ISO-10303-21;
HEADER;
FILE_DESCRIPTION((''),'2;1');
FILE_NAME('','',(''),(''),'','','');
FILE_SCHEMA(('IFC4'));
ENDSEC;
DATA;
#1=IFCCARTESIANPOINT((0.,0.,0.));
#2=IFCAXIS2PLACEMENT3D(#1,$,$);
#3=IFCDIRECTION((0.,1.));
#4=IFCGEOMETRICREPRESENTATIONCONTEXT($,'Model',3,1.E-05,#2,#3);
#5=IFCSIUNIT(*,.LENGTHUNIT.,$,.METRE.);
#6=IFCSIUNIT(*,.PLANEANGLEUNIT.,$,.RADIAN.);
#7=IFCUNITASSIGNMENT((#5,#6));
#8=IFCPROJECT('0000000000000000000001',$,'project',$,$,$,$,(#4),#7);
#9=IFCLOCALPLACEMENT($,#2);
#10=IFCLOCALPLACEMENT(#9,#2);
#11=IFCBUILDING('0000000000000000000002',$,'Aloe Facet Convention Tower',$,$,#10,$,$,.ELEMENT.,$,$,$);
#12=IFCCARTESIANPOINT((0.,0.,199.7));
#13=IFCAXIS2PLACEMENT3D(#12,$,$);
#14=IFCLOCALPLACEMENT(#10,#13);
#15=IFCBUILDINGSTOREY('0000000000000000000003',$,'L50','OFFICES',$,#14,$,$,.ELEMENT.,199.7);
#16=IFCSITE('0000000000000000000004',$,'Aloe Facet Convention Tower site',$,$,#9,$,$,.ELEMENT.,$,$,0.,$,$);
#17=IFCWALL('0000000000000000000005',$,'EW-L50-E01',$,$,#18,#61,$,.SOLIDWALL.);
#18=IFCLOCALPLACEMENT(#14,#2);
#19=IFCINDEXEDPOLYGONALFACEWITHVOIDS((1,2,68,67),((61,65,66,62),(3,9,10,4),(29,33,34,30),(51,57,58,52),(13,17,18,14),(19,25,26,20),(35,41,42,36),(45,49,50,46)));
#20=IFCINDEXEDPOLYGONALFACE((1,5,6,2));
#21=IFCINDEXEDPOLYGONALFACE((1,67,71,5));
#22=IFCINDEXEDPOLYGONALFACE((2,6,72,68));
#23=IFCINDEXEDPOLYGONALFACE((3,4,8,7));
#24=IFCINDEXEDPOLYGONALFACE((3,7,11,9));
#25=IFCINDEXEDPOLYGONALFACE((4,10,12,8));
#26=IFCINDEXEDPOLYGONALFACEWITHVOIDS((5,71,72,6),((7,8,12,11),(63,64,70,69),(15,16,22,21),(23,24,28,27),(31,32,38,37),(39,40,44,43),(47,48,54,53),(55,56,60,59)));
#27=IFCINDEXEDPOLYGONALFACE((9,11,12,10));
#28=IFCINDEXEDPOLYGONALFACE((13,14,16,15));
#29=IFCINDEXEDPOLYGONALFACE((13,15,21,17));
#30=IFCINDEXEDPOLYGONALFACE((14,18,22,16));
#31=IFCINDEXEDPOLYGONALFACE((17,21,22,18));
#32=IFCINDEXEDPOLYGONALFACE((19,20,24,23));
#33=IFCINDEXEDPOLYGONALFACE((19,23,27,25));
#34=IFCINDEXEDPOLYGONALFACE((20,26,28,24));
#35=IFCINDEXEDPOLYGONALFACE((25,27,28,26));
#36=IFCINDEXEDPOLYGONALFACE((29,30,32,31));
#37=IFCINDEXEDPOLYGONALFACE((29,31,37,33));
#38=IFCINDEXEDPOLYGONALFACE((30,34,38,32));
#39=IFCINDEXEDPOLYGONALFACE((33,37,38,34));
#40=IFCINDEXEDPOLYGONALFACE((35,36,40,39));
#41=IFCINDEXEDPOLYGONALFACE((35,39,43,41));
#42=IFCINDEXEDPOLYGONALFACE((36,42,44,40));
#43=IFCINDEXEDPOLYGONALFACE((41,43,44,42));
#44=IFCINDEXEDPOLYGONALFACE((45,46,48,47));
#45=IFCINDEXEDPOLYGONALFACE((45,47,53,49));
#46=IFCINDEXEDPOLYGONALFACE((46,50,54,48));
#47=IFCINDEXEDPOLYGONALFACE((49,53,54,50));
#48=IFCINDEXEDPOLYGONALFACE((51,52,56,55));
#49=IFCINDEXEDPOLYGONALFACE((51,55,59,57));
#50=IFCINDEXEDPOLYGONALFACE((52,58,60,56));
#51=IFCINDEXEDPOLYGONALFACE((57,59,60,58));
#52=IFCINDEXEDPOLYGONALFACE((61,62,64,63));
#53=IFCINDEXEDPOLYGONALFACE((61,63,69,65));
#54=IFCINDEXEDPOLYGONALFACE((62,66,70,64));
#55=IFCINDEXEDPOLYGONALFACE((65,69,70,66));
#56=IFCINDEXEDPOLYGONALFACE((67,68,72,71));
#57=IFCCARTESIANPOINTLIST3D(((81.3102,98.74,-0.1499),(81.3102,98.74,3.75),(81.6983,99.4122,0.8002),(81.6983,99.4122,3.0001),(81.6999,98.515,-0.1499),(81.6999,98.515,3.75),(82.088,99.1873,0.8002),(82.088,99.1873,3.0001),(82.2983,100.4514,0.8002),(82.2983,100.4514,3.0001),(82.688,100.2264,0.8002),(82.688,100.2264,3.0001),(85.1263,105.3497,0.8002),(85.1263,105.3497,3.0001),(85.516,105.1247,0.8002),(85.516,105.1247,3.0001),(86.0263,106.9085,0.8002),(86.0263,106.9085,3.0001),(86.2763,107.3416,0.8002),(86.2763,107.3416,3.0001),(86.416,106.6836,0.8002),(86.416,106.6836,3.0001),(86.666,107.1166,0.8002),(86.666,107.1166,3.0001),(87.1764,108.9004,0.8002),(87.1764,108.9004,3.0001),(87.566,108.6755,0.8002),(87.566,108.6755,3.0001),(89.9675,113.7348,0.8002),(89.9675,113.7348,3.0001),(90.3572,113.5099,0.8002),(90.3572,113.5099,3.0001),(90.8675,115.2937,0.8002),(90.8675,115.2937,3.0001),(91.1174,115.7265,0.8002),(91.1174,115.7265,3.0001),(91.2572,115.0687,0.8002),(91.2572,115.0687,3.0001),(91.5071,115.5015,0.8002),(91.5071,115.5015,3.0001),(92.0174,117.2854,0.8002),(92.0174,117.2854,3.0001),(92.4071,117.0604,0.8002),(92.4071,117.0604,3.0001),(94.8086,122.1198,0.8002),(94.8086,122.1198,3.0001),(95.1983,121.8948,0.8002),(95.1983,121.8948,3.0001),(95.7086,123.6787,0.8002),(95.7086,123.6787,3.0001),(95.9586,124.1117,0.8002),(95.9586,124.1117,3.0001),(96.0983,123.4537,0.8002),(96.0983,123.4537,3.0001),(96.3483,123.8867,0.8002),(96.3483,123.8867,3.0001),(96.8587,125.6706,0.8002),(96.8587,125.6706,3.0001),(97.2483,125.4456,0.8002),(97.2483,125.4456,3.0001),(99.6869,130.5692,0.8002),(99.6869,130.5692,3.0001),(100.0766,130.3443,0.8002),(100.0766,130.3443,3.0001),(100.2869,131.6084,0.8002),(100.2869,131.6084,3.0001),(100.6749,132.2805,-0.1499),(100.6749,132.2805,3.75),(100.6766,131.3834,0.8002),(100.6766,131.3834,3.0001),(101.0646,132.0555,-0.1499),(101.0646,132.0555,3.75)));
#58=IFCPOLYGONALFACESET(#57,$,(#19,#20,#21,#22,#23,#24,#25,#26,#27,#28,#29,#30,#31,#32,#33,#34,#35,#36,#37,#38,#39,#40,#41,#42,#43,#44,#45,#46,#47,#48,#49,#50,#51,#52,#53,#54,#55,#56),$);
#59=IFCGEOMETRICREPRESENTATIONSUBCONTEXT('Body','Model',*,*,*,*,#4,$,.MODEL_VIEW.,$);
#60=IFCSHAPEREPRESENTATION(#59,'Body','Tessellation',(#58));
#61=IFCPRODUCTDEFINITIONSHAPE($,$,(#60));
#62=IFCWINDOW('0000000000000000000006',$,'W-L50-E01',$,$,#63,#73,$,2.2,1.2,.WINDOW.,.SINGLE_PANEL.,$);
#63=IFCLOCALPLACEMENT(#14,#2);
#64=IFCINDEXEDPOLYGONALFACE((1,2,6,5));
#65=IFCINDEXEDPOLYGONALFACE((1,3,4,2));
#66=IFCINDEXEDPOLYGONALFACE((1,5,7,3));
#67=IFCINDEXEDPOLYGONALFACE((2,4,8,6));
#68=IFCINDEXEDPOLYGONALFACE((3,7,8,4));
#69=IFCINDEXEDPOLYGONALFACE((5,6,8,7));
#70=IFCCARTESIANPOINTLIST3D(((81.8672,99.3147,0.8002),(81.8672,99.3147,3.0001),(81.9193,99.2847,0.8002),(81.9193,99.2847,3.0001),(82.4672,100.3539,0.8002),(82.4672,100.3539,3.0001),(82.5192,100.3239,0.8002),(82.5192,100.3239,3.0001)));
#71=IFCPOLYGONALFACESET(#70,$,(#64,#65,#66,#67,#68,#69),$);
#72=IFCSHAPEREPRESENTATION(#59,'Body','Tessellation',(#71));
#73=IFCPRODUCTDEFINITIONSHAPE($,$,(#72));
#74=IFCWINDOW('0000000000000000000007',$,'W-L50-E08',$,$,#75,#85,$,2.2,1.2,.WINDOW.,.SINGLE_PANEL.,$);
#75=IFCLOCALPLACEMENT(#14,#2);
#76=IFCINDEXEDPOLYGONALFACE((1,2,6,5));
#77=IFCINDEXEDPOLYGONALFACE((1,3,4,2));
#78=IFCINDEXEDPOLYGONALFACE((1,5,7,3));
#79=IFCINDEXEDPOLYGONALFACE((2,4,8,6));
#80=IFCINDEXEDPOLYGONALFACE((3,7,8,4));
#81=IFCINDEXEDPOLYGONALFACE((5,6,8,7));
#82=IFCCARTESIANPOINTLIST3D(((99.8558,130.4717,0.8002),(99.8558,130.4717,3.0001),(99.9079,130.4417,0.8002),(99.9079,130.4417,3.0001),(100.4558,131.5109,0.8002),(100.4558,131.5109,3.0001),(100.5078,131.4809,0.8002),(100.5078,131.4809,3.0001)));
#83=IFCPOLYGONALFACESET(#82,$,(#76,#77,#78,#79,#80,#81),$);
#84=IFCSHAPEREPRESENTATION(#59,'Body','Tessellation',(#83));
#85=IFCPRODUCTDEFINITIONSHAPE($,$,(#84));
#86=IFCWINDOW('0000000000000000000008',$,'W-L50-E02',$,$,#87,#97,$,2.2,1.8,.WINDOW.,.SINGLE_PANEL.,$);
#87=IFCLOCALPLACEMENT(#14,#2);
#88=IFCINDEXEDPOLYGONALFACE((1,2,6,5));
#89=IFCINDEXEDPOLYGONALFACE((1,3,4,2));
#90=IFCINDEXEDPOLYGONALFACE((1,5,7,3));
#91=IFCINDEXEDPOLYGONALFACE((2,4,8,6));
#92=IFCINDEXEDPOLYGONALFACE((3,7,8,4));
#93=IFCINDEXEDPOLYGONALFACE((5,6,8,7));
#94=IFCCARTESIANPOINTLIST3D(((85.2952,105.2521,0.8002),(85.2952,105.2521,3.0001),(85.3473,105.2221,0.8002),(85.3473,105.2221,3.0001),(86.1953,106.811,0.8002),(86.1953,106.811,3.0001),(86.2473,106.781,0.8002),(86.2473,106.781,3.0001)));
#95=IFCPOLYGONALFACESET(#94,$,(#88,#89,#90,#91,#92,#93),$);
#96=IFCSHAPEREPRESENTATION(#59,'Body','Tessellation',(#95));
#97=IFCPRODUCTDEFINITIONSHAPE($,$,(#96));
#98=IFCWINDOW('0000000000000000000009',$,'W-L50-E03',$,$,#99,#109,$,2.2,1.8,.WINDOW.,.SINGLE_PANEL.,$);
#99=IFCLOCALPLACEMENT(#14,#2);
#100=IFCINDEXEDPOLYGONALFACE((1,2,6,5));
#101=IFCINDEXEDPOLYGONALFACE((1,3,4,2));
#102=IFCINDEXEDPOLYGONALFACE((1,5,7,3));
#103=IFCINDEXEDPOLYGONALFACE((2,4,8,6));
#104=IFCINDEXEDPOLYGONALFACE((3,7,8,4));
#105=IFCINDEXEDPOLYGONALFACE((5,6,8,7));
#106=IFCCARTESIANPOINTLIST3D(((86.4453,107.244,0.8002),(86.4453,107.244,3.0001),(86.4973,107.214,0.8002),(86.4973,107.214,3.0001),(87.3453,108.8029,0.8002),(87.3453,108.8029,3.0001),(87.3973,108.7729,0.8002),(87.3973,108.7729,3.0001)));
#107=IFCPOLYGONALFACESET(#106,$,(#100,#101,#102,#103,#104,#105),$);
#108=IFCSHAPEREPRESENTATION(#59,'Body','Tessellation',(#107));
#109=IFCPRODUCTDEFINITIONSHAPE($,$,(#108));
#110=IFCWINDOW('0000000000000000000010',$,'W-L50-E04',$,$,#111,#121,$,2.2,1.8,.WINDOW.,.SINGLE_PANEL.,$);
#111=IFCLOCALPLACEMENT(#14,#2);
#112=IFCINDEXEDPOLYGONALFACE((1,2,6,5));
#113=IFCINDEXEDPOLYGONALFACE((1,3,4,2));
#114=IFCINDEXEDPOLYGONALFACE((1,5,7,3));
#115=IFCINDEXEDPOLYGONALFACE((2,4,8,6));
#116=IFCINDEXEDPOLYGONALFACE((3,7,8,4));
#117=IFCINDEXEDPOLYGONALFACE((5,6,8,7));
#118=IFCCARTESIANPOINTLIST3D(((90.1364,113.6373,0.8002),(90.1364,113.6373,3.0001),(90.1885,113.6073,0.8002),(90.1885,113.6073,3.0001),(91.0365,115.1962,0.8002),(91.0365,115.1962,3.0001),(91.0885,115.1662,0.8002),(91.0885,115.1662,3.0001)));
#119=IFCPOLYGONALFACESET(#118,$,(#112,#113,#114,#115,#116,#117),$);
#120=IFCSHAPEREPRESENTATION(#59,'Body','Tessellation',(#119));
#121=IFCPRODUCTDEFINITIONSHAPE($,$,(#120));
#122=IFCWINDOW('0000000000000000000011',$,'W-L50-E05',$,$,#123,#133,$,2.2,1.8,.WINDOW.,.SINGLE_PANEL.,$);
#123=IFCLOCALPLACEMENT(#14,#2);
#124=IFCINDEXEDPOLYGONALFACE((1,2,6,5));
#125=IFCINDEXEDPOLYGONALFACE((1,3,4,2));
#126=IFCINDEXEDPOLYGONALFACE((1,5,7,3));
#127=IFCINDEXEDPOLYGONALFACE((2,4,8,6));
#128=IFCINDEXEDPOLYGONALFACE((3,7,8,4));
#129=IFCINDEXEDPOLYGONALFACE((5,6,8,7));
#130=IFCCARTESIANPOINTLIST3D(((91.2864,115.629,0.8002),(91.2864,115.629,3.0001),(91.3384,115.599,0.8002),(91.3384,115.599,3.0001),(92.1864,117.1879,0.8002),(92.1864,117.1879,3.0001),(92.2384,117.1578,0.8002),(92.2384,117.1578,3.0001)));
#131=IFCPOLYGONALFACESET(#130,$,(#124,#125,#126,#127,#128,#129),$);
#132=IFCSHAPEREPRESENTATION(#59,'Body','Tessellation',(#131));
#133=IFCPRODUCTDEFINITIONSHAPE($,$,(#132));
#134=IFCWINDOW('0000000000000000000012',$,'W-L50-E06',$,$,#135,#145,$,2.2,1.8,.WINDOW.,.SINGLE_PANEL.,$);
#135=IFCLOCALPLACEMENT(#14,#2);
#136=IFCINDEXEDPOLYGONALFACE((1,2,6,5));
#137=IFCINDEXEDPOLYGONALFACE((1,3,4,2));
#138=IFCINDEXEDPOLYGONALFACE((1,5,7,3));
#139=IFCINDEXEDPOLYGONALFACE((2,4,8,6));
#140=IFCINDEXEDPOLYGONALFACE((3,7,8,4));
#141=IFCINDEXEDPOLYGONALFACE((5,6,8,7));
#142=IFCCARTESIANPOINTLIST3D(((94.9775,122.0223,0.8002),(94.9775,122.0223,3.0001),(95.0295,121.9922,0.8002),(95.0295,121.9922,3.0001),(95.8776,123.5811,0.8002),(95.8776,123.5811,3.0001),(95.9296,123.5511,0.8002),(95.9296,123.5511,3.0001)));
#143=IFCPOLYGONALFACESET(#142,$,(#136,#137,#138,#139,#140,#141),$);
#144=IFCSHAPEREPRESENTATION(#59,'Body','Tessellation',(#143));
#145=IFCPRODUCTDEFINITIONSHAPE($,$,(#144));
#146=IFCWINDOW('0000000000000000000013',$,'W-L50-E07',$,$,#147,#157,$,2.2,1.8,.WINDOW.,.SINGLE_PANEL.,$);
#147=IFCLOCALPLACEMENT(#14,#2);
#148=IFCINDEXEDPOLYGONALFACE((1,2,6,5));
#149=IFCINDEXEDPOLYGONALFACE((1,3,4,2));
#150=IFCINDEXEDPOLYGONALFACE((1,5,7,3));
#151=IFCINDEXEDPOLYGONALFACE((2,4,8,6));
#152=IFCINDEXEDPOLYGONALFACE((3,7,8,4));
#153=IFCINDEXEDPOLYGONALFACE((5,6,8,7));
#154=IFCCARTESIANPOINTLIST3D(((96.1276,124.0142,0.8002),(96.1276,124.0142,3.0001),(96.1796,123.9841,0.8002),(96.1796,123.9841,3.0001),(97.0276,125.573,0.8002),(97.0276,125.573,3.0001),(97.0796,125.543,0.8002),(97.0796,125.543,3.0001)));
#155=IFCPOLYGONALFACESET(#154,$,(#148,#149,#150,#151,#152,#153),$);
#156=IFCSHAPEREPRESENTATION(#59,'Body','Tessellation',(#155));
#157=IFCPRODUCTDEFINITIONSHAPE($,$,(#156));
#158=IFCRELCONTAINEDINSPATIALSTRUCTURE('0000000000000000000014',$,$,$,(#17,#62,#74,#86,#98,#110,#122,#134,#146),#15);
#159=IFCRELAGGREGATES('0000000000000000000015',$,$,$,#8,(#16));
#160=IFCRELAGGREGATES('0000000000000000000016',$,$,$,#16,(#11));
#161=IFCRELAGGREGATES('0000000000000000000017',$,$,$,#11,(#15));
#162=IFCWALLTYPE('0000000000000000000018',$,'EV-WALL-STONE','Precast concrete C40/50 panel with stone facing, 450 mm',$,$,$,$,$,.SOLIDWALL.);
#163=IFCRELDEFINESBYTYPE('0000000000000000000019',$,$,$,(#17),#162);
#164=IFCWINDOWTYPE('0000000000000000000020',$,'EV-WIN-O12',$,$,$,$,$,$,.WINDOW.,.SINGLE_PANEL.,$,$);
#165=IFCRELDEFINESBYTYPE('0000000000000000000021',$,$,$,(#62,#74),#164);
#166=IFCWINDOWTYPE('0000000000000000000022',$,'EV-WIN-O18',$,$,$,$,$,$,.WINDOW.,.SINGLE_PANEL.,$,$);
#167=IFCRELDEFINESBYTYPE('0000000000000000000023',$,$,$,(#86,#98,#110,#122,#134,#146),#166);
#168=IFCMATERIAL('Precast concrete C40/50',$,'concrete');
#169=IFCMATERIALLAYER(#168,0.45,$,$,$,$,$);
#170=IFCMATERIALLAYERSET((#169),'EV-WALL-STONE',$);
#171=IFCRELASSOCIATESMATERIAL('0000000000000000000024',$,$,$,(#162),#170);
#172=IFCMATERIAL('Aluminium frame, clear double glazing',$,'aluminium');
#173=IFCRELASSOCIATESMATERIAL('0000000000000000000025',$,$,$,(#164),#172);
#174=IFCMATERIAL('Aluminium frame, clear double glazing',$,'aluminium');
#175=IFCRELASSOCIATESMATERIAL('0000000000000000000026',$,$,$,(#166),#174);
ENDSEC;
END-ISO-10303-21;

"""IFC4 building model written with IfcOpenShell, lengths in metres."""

from ifc_helpers import new_model, si_unit, direction, frame, frame_2d, origin, place, context, subcontext, project, spatial, polyline, rectangle, outline, extrude, material, layer, layer_set, type_object, element, fill, save


model = new_model("IFC4")

# Units and contexts
model_context = context("Model", 3, precision=1e-05, world=origin(), true_north=direction((0.0, 1.0)))
body_context = subcontext(model_context, "Body", "Model", "MODEL_VIEW")
ifc_project = project(units=[si_unit("LENGTHUNIT", "METRE"), si_unit("PLANEANGLEUNIT", "RADIAN")], contexts=[model_context])

# Site, building, storey
site_placement = place(None, origin())
site = spatial("IfcSite", under=ifc_project, at=site_placement, Name="Aloe Facet Convention Tower site", CompositionType="ELEMENT", RefElevation=0.0)
building_placement = place(site_placement, origin())
building = spatial("IfcBuilding", under=site, at=building_placement, Name="Aloe Facet Convention Tower", CompositionType="ELEMENT")
storey_placement = place(building_placement, frame((0.0, 0.0, 199.7)))
storey = spatial("IfcBuildingStorey", under=building, at=storey_placement, Name="L50", Description="OFFICES", CompositionType="ELEMENT", Elevation=199.7)

# Wall, openings, windows
ifc_material_1 = material(Name="Precast concrete C40/50", Category="concrete")
ifc_layer_1 = layer(ifc_material_1, 0.45)
ifc_layer_set_1 = layer_set([ifc_layer_1], Name="EV-WALL-STONE")
wall_type_1 = type_object("IfcWallType", Name="EV-WALL-STONE", Description="Precast concrete C40/50 panel with stone facing, 450 mm", PredefinedType="SOLIDWALL", material=ifc_layer_set_1)
wall_1_placement = place(storey_placement, frame((81.5051, 98.6274, -0.1499), z_axis=(0.0, 0.0, 1.0), x_axis=(0.500002, 0.866024, 0.0)))
wall_1 = element("IfcWall", 1, at=wall_1_placement, inside=storey, type_object=wall_type_1, Name="EW-L50-E01", PredefinedType="SOLIDWALL", context=body_context, shape_type="SweptSolid", body=[
    extrude(outline(polyline([(38.7292, 0.0), (38.7292, 3.8999), (0.0, 3.8999), (0.0, 0.0), (38.7292, 0.0)])), frame((0.0, 0.2251, 0.0), z_axis=(0.0, -1.0, 0.0), x_axis=(1.0, 0.0, 0.0)), (0.0, 0.0, 1.0), 0.45),
])
opening_1_placement = place(wall_1_placement, frame((0.7761, 0.0, 0.95)))
opening_1 = element("IfcOpeningElement", 2, at=opening_1_placement, cuts=wall_1, PredefinedType="OPENING", context=body_context, shape_type="SweptSolid", body=[
    extrude(rectangle(XDim=1.2, YDim=2.2, at=frame_2d((0.6001, 1.1001))), frame((0.0, 0.2349, 0.0), z_axis=(0.0, -1.0, 0.0), x_axis=(1.0, 0.0, 0.0)), (0.0, 0.0, 1.0), 0.47),
])
opening_2_placement = place(wall_1_placement, frame((7.6323, 0.0, 0.95)))
opening_2 = element("IfcOpeningElement", 3, at=opening_2_placement, cuts=wall_1, PredefinedType="OPENING", context=body_context, shape_type="SweptSolid", body=[
    extrude(rectangle(XDim=1.8, YDim=2.2, at=frame_2d((0.8999, 1.1001))), frame((0.0, 0.2349, 0.0), z_axis=(0.0, -1.0, 0.0), x_axis=(1.0, 0.0, 0.0)), (0.0, 0.0, 1.0), 0.47),
])
opening_3_placement = place(wall_1_placement, frame((9.9324, 0.0, 0.95)))
opening_3 = element("IfcOpeningElement", 4, at=opening_3_placement, cuts=wall_1, PredefinedType="OPENING", context=body_context, shape_type="SweptSolid", body=[
    extrude(rectangle(XDim=1.8, YDim=2.2, at=frame_2d((0.8999, 1.1001))), frame((0.0, 0.2349, 0.0), z_axis=(0.0, -1.0, 0.0), x_axis=(1.0, 0.0, 0.0)), (0.0, 0.0, 1.0), 0.47),
])
opening_4_placement = place(wall_1_placement, frame((17.3147, 0.0, 0.95)))
opening_4 = element("IfcOpeningElement", 5, at=opening_4_placement, cuts=wall_1, PredefinedType="OPENING", context=body_context, shape_type="SweptSolid", body=[
    extrude(rectangle(XDim=1.8, YDim=2.2, at=frame_2d((0.8999, 1.1001))), frame((0.0, 0.2349, 0.0), z_axis=(0.0, -1.0, 0.0), x_axis=(1.0, 0.0, 0.0)), (0.0, 0.0, 1.0), 0.47),
])
opening_5_placement = place(wall_1_placement, frame((19.6145, 0.0, 0.95)))
opening_5 = element("IfcOpeningElement", 6, at=opening_5_placement, cuts=wall_1, PredefinedType="OPENING", context=body_context, shape_type="SweptSolid", body=[
    extrude(rectangle(XDim=1.8, YDim=2.2, at=frame_2d((0.8999, 1.1001))), frame((0.0, 0.2349, 0.0), z_axis=(0.0, -1.0, 0.0), x_axis=(1.0, 0.0, 0.0)), (0.0, 0.0, 1.0), 0.47),
])
opening_6_placement = place(wall_1_placement, frame((26.9968, 0.0, 0.95)))
opening_6 = element("IfcOpeningElement", 7, at=opening_6_placement, cuts=wall_1, PredefinedType="OPENING", context=body_context, shape_type="SweptSolid", body=[
    extrude(rectangle(XDim=1.8, YDim=2.2, at=frame_2d((0.8999, 1.1001))), frame((0.0, 0.2349, 0.0), z_axis=(0.0, -1.0, 0.0), x_axis=(1.0, 0.0, 0.0)), (0.0, 0.0, 1.0), 0.47),
])
opening_7_placement = place(wall_1_placement, frame((29.2969, 0.0, 0.95)))
opening_7 = element("IfcOpeningElement", 8, at=opening_7_placement, cuts=wall_1, PredefinedType="OPENING", context=body_context, shape_type="SweptSolid", body=[
    extrude(rectangle(XDim=1.8, YDim=2.2, at=frame_2d((0.8999, 1.1001))), frame((0.0, 0.2349, 0.0), z_axis=(0.0, -1.0, 0.0), x_axis=(1.0, 0.0, 0.0)), (0.0, 0.0, 1.0), 0.47),
])
opening_8_placement = place(wall_1_placement, frame((36.7532, 0.0, 0.95)))
opening_8 = element("IfcOpeningElement", 9, at=opening_8_placement, cuts=wall_1, PredefinedType="OPENING", context=body_context, shape_type="SweptSolid", body=[
    extrude(rectangle(XDim=1.2, YDim=2.2, at=frame_2d((0.6001, 1.1001))), frame((0.0, 0.2349, 0.0), z_axis=(0.0, -1.0, 0.0), x_axis=(1.0, 0.0, 0.0)), (0.0, 0.0, 1.0), 0.47),
])
ifc_material_2 = material(Name="Aluminium frame, clear double glazing", Category="aluminium")
window_type_1 = type_object("IfcWindowType", Name="EV-WIN-O12", PartitioningType="SINGLE_PANEL", PredefinedType="WINDOW", material=ifc_material_2)
window_1_placement = place(opening_1_placement, origin())
window_1 = element("IfcWindow", 10, at=window_1_placement, inside=storey, type_object=window_type_1, Name="W-L50-E01", OverallHeight=2.2, OverallWidth=1.2, PartitioningType="SINGLE_PANEL", PredefinedType="WINDOW", context=body_context, shape_type="SweptSolid", body=[
    extrude(rectangle(XDim=1.2, YDim=2.2, at=frame_2d((0.6001, 1.1001))), frame((0.0, 0.03, 0.0), z_axis=(0.0, -1.0, 0.0), x_axis=(1.0, 0.0, 0.0)), (0.0, 0.0, 1.0), 0.0601),
])
fill(opening_1, window_1)
window_2_placement = place(opening_8_placement, origin())
window_2 = element("IfcWindow", 11, at=window_2_placement, inside=storey, type_object=window_type_1, Name="W-L50-E08", OverallHeight=2.2, OverallWidth=1.2, PartitioningType="SINGLE_PANEL", PredefinedType="WINDOW", context=body_context, shape_type="SweptSolid", body=[
    extrude(rectangle(XDim=1.2, YDim=2.2, at=frame_2d((0.6001, 1.1001))), frame((0.0, 0.03, 0.0), z_axis=(0.0, -1.0, 0.0), x_axis=(1.0, 0.0, 0.0)), (0.0, 0.0, 1.0), 0.0601),
])
fill(opening_8, window_2)
ifc_material_3 = material(Name="Aluminium frame, clear double glazing", Category="aluminium")
window_type_2 = type_object("IfcWindowType", Name="EV-WIN-O18", PartitioningType="SINGLE_PANEL", PredefinedType="WINDOW", material=ifc_material_3)
window_3_placement = place(opening_2_placement, origin())
window_3 = element("IfcWindow", 12, at=window_3_placement, inside=storey, type_object=window_type_2, Name="W-L50-E02", OverallHeight=2.2, OverallWidth=1.8, PartitioningType="SINGLE_PANEL", PredefinedType="WINDOW", context=body_context, shape_type="SweptSolid", body=[
    extrude(rectangle(XDim=1.8, YDim=2.2, at=frame_2d((0.8999, 1.1001))), frame((0.0, 0.03, 0.0), z_axis=(0.0, -1.0, 0.0), x_axis=(1.0, 0.0, 0.0)), (0.0, 0.0, 1.0), 0.0601),
])
fill(opening_2, window_3)
window_4_placement = place(opening_3_placement, origin())
window_4 = element("IfcWindow", 13, at=window_4_placement, inside=storey, type_object=window_type_2, Name="W-L50-E03", OverallHeight=2.2, OverallWidth=1.8, PartitioningType="SINGLE_PANEL", PredefinedType="WINDOW", context=body_context, shape_type="SweptSolid", body=[
    extrude(rectangle(XDim=1.8, YDim=2.2, at=frame_2d((0.8999, 1.1001))), frame((0.0, 0.03, 0.0), z_axis=(0.0, -1.0, 0.0), x_axis=(1.0, 0.0, 0.0)), (0.0, 0.0, 1.0), 0.0601),
])
fill(opening_3, window_4)
window_5_placement = place(opening_4_placement, origin())
window_5 = element("IfcWindow", 14, at=window_5_placement, inside=storey, type_object=window_type_2, Name="W-L50-E04", OverallHeight=2.2, OverallWidth=1.8, PartitioningType="SINGLE_PANEL", PredefinedType="WINDOW", context=body_context, shape_type="SweptSolid", body=[
    extrude(rectangle(XDim=1.8, YDim=2.2, at=frame_2d((0.8999, 1.1001))), frame((0.0, 0.03, 0.0), z_axis=(0.0, -1.0, 0.0), x_axis=(1.0, 0.0, 0.0)), (0.0, 0.0, 1.0), 0.0601),
])
fill(opening_4, window_5)
window_6_placement = place(opening_5_placement, origin())
window_6 = element("IfcWindow", 15, at=window_6_placement, inside=storey, type_object=window_type_2, Name="W-L50-E05", OverallHeight=2.2, OverallWidth=1.8, PartitioningType="SINGLE_PANEL", PredefinedType="WINDOW", context=body_context, shape_type="SweptSolid", body=[
    extrude(rectangle(XDim=1.8, YDim=2.2, at=frame_2d((0.8999, 1.1001))), frame((0.0, 0.03, 0.0), z_axis=(0.0, -1.0, 0.0), x_axis=(1.0, 0.0, 0.0)), (0.0, 0.0, 1.0), 0.0601),
])
fill(opening_5, window_6)
window_7_placement = place(opening_6_placement, origin())
window_7 = element("IfcWindow", 16, at=window_7_placement, inside=storey, type_object=window_type_2, Name="W-L50-E06", OverallHeight=2.2, OverallWidth=1.8, PartitioningType="SINGLE_PANEL", PredefinedType="WINDOW", context=body_context, shape_type="SweptSolid", body=[
    extrude(rectangle(XDim=1.8, YDim=2.2, at=frame_2d((0.8999, 1.1001))), frame((0.0, 0.03, 0.0), z_axis=(0.0, -1.0, 0.0), x_axis=(1.0, 0.0, 0.0)), (0.0, 0.0, 1.0), 0.0601),
])
fill(opening_6, window_7)
window_8_placement = place(opening_7_placement, origin())
window_8 = element("IfcWindow", 17, at=window_8_placement, inside=storey, type_object=window_type_2, Name="W-L50-E07", OverallHeight=2.2, OverallWidth=1.8, PartitioningType="SINGLE_PANEL", PredefinedType="WINDOW", context=body_context, shape_type="SweptSolid", body=[
    extrude(rectangle(XDim=1.8, YDim=2.2, at=frame_2d((0.8999, 1.1001))), frame((0.0, 0.03, 0.0), z_axis=(0.0, -1.0, 0.0), x_axis=(1.0, 0.0, 0.0)), (0.0, 0.0, 1.0), 0.0601),
])
fill(opening_7, window_8)

save(model, "model.ifc")
